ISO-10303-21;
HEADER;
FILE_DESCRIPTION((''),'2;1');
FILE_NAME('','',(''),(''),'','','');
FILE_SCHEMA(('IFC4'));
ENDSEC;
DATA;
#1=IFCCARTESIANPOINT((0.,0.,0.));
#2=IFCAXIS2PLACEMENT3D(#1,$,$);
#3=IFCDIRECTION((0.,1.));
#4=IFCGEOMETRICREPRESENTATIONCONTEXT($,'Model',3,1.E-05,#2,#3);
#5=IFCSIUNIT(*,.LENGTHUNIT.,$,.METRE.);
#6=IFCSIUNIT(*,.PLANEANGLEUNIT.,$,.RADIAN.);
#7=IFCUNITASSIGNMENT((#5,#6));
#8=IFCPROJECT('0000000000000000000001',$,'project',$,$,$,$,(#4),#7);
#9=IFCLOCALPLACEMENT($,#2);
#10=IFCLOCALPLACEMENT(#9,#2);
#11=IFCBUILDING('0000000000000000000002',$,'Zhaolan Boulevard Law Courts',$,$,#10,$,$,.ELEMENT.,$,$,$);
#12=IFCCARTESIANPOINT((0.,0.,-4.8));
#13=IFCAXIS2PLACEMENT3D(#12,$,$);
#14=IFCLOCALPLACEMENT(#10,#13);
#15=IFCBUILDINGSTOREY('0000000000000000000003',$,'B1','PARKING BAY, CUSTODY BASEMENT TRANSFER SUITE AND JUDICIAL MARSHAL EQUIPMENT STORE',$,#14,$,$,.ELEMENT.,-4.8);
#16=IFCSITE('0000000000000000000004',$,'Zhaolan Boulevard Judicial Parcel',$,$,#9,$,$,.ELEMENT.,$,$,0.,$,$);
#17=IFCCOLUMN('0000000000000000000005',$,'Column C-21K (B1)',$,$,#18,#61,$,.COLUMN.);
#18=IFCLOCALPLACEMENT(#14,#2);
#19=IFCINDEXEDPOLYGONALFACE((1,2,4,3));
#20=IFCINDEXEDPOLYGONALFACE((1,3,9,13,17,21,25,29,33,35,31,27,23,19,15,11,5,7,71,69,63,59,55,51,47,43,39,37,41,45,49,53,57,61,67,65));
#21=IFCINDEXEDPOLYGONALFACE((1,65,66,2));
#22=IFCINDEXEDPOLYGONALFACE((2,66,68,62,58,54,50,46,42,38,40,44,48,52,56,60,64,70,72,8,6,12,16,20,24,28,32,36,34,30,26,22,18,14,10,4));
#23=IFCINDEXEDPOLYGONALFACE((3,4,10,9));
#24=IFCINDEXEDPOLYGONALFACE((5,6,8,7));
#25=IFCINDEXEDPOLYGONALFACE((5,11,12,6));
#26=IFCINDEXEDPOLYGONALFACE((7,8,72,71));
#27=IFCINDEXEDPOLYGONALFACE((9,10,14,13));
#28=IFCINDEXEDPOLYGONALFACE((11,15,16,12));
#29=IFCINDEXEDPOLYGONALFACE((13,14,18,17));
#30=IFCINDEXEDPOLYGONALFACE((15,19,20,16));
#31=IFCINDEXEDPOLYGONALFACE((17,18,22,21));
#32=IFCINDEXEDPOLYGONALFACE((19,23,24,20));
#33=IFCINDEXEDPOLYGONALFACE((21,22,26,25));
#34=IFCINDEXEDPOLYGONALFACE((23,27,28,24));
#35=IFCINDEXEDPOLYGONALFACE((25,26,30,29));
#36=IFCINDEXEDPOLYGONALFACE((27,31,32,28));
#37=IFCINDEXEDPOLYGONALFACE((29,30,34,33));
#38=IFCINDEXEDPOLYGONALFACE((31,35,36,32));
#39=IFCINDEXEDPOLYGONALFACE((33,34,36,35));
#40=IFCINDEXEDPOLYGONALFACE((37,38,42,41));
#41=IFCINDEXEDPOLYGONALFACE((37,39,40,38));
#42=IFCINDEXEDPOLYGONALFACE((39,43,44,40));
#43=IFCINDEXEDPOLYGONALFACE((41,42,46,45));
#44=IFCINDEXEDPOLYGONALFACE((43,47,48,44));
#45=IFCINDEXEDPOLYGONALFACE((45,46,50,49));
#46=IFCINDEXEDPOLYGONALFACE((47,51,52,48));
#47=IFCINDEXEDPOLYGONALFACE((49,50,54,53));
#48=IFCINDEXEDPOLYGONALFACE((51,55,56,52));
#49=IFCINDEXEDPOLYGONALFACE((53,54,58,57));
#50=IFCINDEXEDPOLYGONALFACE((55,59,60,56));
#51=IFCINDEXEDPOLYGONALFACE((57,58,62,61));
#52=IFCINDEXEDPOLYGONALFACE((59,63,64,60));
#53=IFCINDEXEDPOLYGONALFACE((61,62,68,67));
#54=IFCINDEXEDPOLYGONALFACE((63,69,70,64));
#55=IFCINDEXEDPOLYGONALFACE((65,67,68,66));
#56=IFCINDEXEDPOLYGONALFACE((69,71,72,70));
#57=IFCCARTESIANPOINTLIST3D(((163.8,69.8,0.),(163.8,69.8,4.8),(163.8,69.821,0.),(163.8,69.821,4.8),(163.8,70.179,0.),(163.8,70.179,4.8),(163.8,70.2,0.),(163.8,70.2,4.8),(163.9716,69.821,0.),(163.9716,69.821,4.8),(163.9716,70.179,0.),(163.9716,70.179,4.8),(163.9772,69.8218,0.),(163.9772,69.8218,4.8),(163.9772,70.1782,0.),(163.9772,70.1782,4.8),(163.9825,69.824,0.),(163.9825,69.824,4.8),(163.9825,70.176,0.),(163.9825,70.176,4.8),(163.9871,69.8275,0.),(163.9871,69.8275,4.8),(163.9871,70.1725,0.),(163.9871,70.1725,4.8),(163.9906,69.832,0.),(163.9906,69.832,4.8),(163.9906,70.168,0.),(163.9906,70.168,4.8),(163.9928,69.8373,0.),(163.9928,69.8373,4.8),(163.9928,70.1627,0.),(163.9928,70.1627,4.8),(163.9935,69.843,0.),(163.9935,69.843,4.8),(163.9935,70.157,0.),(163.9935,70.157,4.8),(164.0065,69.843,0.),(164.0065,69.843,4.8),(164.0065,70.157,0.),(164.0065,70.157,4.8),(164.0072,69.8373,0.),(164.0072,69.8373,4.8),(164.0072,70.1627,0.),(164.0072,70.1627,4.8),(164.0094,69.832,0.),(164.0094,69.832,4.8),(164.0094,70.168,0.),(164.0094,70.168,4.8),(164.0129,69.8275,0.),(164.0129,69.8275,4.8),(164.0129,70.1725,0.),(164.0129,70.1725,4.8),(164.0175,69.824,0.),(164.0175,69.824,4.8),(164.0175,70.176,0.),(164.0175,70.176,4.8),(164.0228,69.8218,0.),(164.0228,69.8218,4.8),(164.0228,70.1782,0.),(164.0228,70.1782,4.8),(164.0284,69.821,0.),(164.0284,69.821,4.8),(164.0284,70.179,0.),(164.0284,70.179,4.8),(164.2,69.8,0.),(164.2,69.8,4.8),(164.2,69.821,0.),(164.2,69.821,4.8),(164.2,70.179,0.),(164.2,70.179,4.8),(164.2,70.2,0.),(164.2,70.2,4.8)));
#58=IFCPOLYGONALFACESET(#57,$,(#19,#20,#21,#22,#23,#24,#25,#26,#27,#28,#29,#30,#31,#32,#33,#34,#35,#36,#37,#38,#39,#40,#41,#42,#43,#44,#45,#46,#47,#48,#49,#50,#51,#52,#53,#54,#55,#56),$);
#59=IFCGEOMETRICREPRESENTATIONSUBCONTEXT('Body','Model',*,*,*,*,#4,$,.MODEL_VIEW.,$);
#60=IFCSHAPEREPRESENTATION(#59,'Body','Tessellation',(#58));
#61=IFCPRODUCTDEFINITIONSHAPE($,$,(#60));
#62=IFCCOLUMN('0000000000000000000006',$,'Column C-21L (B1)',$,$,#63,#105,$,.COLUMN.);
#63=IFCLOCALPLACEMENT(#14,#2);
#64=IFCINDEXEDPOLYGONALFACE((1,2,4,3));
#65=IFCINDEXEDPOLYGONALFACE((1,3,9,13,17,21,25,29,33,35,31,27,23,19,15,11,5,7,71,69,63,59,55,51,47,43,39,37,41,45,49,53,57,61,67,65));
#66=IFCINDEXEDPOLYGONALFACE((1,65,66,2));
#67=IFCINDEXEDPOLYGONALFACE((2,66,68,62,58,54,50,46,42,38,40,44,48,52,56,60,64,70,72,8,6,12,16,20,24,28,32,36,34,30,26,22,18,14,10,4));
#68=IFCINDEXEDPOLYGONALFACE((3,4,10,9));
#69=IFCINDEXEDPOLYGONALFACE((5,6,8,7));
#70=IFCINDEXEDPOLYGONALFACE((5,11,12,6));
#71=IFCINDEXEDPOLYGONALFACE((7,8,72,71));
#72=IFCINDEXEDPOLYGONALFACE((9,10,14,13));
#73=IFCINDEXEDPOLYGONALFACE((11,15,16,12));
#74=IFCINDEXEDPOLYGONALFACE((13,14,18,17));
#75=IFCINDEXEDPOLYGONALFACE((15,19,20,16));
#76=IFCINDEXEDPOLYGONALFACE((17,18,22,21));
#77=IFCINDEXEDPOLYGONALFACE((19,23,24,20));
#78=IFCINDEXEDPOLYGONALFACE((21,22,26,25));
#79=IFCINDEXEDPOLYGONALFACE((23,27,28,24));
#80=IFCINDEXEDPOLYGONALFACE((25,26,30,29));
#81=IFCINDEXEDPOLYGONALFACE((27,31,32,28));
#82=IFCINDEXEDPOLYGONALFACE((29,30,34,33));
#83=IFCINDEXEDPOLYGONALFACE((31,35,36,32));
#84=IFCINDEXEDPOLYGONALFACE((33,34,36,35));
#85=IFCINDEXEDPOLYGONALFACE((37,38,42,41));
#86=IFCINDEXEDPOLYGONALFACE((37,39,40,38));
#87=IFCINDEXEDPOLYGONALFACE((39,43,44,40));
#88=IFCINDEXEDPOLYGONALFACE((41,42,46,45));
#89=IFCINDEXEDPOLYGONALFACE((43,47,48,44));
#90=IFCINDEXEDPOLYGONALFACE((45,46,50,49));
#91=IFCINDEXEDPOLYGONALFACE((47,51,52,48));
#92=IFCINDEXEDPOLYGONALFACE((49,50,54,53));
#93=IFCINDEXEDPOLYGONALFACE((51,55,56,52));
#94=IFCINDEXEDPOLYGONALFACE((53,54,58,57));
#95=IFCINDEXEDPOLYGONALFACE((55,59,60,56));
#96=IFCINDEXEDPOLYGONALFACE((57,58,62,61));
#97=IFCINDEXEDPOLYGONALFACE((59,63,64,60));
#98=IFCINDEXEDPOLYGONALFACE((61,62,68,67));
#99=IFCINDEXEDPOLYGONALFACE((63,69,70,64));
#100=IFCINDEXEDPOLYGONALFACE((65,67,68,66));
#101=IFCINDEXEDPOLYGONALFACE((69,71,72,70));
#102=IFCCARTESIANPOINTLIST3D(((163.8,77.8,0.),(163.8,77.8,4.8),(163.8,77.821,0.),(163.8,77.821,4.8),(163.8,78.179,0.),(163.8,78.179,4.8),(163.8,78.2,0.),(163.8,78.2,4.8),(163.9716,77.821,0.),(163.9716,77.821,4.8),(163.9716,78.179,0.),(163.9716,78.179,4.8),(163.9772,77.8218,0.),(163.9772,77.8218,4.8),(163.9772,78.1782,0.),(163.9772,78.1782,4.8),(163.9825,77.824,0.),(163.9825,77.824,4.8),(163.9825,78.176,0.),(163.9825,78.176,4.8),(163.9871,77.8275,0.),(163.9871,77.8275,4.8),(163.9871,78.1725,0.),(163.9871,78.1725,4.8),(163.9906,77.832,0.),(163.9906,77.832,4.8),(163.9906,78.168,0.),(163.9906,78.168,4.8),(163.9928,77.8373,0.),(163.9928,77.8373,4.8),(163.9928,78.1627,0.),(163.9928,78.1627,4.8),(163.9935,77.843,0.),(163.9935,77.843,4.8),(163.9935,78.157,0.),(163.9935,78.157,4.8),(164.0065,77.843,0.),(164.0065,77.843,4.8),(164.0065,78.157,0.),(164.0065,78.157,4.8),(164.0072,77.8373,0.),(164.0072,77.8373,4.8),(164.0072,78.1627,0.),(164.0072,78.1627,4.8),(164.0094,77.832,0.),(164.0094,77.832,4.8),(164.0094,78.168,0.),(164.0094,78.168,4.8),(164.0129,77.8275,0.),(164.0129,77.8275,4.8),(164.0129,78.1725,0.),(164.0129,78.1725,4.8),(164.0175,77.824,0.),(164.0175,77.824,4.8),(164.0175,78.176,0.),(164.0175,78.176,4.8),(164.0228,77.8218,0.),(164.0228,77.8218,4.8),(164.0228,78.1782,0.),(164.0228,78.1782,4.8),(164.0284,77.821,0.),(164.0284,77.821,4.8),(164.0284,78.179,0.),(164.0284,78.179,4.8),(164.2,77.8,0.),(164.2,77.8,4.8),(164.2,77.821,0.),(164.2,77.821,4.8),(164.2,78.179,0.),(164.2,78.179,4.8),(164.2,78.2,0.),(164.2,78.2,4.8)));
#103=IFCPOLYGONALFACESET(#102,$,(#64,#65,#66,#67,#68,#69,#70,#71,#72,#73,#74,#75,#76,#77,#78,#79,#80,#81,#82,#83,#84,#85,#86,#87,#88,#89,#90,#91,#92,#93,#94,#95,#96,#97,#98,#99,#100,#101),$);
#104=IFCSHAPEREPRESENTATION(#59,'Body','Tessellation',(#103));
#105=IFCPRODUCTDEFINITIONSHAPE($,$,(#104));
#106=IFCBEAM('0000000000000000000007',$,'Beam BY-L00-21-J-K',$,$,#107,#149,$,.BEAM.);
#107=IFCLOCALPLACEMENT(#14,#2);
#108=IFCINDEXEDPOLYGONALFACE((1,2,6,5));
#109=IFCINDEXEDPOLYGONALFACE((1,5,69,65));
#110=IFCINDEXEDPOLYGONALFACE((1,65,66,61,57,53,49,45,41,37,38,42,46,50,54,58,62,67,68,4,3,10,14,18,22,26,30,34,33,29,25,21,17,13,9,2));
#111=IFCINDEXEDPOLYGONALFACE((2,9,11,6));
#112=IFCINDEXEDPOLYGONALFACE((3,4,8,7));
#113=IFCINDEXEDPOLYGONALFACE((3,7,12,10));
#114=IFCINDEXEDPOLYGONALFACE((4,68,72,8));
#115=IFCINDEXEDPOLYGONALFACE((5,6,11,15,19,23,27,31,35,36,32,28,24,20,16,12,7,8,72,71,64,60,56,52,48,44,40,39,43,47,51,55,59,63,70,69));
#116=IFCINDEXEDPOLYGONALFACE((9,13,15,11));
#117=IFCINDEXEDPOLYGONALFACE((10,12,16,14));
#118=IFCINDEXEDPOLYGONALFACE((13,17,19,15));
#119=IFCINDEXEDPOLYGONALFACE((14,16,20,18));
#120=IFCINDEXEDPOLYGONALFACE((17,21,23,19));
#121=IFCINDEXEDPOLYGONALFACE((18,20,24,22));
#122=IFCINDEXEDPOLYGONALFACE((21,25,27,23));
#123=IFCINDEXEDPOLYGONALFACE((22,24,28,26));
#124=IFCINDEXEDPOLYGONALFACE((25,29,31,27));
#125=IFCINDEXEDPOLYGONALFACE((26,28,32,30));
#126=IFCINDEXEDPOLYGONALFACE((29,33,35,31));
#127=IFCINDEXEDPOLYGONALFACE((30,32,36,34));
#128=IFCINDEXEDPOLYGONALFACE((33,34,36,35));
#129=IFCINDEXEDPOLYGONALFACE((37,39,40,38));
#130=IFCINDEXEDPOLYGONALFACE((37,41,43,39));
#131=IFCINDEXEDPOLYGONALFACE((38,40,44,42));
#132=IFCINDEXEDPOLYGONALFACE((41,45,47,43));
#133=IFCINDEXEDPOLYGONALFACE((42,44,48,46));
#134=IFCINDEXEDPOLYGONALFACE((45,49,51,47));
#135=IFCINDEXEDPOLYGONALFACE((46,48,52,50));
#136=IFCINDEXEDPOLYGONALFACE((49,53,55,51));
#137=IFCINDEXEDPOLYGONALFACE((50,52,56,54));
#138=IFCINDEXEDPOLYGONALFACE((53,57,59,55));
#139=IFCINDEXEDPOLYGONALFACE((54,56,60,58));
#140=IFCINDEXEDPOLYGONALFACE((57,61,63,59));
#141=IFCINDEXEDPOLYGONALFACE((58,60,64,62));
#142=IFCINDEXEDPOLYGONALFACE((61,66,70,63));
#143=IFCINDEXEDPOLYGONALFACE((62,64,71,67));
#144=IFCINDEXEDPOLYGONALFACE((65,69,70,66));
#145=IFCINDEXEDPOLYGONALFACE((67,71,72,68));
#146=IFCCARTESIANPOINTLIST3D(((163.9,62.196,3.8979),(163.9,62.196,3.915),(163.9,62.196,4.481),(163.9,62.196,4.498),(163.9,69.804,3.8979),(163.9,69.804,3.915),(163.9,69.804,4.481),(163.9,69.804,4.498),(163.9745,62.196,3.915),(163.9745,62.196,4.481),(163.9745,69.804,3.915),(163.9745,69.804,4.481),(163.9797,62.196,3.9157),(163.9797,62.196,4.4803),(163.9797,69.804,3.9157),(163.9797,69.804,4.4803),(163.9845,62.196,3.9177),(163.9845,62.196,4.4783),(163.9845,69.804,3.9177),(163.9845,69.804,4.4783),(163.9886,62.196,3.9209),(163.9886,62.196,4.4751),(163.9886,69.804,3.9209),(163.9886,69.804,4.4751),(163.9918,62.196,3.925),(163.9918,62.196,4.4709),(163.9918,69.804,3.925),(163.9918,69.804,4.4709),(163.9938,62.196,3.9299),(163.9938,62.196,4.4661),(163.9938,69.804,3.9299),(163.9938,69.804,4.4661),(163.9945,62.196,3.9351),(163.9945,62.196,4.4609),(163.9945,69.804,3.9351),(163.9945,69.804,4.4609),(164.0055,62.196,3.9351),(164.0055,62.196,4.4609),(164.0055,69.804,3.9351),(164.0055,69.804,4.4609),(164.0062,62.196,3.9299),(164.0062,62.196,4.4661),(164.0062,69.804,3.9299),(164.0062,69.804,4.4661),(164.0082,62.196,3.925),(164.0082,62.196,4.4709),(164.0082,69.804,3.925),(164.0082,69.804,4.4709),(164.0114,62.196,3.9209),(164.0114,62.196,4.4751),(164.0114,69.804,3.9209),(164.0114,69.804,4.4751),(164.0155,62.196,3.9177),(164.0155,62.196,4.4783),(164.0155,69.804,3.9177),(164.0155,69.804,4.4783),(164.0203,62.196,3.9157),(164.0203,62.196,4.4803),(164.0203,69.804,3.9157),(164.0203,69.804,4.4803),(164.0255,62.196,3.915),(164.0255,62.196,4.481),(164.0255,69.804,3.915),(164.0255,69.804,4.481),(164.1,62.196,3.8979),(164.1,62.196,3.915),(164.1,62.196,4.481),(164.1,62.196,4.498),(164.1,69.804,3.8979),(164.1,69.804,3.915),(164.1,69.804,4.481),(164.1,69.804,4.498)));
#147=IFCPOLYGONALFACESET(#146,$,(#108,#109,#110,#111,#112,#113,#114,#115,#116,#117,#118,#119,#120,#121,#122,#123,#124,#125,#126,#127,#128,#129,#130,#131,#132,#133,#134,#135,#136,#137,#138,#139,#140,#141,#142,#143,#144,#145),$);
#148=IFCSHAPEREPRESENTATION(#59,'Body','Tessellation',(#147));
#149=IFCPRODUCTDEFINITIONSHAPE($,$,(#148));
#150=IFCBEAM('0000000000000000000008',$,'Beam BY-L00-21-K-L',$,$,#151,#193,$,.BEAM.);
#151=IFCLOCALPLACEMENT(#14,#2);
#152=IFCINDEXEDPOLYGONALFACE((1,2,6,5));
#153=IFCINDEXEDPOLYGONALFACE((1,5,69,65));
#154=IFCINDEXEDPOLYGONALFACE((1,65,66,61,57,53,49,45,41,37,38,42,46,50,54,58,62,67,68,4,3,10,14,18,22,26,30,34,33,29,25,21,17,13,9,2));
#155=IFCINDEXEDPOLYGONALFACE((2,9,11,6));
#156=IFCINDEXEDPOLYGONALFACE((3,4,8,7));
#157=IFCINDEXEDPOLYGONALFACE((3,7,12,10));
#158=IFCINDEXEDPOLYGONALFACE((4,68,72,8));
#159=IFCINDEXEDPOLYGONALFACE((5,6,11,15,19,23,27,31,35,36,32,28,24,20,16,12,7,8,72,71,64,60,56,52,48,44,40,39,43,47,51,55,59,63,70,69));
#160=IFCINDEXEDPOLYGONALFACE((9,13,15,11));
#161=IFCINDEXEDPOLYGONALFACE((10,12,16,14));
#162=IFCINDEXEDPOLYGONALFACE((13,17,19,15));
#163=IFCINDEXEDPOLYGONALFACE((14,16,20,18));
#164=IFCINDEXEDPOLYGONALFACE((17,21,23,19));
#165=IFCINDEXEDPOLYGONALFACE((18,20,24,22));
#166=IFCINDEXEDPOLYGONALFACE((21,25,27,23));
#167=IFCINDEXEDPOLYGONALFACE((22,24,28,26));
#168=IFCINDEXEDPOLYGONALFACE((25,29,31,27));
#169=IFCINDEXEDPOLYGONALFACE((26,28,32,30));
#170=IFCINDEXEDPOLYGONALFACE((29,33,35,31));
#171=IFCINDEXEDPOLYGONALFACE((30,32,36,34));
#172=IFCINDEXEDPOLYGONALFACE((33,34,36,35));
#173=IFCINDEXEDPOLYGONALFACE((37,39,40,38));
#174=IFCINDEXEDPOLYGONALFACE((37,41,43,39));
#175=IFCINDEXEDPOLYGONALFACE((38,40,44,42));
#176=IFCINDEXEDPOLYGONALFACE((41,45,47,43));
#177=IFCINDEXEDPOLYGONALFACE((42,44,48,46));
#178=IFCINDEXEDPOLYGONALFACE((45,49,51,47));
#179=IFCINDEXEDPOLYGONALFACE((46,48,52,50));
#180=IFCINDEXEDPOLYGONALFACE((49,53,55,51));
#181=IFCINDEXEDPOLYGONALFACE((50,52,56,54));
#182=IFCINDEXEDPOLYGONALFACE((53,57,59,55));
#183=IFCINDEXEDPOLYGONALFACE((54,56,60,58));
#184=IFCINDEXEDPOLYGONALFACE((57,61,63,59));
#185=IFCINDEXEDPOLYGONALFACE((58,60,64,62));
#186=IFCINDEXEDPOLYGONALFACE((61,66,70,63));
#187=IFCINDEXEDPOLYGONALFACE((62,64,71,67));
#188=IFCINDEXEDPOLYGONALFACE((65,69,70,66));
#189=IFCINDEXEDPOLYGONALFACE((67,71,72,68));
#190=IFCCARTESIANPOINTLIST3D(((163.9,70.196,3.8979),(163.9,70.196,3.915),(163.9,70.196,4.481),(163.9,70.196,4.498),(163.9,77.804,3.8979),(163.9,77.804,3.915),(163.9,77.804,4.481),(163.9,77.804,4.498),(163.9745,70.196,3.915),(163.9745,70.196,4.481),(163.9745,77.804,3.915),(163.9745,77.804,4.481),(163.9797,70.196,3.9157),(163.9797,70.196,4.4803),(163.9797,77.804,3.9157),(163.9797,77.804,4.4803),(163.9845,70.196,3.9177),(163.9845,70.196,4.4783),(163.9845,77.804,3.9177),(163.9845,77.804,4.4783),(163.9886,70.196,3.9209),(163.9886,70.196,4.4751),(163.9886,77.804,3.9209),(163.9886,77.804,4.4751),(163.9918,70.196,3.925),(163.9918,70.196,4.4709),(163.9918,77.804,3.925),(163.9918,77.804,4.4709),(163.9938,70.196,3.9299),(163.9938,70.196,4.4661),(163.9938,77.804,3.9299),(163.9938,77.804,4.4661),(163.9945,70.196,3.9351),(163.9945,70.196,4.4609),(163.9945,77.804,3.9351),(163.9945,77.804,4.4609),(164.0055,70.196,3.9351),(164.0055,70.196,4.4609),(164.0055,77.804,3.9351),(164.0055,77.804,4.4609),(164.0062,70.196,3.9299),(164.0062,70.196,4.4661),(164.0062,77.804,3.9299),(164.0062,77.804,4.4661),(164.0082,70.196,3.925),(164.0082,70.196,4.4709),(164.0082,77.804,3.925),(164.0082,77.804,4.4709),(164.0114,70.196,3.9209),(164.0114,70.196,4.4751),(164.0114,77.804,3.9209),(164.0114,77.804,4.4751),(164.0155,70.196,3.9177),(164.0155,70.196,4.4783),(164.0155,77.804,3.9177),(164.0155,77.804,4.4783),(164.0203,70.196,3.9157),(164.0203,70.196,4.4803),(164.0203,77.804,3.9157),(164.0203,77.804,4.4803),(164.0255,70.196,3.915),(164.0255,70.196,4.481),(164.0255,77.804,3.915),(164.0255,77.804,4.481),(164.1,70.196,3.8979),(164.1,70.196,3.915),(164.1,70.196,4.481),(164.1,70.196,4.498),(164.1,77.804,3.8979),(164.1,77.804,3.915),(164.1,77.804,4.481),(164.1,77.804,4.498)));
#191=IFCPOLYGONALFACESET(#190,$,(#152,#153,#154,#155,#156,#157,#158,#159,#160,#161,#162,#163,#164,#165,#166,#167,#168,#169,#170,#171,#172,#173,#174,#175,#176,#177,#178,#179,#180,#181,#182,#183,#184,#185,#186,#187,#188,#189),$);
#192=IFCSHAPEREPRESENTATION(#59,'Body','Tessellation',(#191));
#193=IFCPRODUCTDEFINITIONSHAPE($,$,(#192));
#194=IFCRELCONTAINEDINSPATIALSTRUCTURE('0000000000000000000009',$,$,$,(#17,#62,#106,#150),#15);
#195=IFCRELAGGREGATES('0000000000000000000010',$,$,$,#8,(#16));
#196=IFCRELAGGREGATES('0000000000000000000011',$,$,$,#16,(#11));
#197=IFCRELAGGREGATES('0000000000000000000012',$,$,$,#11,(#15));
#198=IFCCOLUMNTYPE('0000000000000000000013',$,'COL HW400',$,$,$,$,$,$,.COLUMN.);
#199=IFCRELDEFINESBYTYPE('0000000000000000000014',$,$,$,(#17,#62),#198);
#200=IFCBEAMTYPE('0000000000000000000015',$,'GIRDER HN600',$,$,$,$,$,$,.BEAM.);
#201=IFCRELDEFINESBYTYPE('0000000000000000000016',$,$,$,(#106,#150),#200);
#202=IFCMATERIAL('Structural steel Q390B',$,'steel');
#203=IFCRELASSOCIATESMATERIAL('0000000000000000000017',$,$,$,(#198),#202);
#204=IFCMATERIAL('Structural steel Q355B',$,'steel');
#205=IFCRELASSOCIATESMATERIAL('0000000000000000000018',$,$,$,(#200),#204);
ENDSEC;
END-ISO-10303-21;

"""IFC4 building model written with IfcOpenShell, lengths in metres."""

from ifc_helpers import new_model, si_unit, direction, frame, origin, origin_2d, place, context, subcontext, project, spatial, i_section, extrude, material, material_profile, profile_set, type_object, element, save


model = new_model("IFC4")

# Units and contexts
model_context = context("Model", 3, precision=1e-05, world=origin(), true_north=direction((0.0, 1.0)))
body_context = subcontext(model_context, "Body", "Model", "MODEL_VIEW")
ifc_project = project(units=[si_unit("LENGTHUNIT", "METRE"), si_unit("PLANEANGLEUNIT", "RADIAN")], contexts=[model_context])

# Site, building, storey
site_placement = place(None, origin())
site = spatial("IfcSite", under=ifc_project, at=site_placement, Name="Zhaolan Boulevard Judicial Parcel", CompositionType="ELEMENT", RefElevation=0.0)
building_placement = place(site_placement, origin())
building = spatial("IfcBuilding", under=site, at=building_placement, Name="Zhaolan Boulevard Law Courts", CompositionType="ELEMENT")
storey_placement = place(building_placement, frame((0.0, 0.0, -4.8)))
storey = spatial("IfcBuildingStorey", under=building, at=storey_placement, Name="B1", Description="PARKING BAY, CUSTODY BASEMENT TRANSFER SUITE AND JUDICIAL MARSHAL EQUIPMENT STORE", CompositionType="ELEMENT", Elevation=-4.8)

# Columns
ifc_material_1 = material(Name="Structural steel Q390B", Category="steel")
ifc_material_profile_1 = material_profile(ifc_material_1, i_section(OverallWidth=0.3999, OverallDepth=0.3999, WebThickness=0.0129, FlangeThickness=0.021, FilletRadius=0.022, at=origin_2d()), Name="HW400x400")
ifc_profile_set_1 = profile_set([ifc_material_profile_1], Name="Structural steel Q390B")
column_type = type_object("IfcColumnType", Name="COL HW400", PredefinedType="COLUMN", material=ifc_profile_set_1)
for number, where, z_axis, x_axis, name in (
    (1, (164.0, 70.0, 0.0), (0.0, 0.0, 1.0), (1.0, 0.0, 0.0), "Column C-21K (B1)"),
    (2, (164.0, 78.0, 0.0), (0.0, 0.0, 1.0), (1.0, 0.0, 0.0), "Column C-21L (B1)"),
):
    element("IfcColumn", number, at=place(storey_placement, frame(where, z_axis=z_axis, x_axis=x_axis)), inside=storey, type_object=column_type, Name=name, PredefinedType="COLUMN", context=body_context, shape_type="SweptSolid", body=[
        extrude(i_section(OverallWidth=0.3999, OverallDepth=0.3999, WebThickness=0.0129, FlangeThickness=0.021, FilletRadius=0.022, at=origin_2d()), origin(), (0.0, 0.0, 1.0), 4.8),
    ])

# Beams
ifc_material_2 = material(Name="Structural steel Q355B", Category="steel")
ifc_material_profile_2 = material_profile(ifc_material_2, i_section(OverallWidth=0.2, OverallDepth=0.6001, WebThickness=0.011, FlangeThickness=0.0171, FilletRadius=0.02, at=origin_2d()), Name="HN600x200")
ifc_profile_set_2 = profile_set([ifc_material_profile_2], Name="Structural steel Q355B")
beam_type_1 = type_object("IfcBeamType", Name="GIRDER HN600", PredefinedType="BEAM", material=ifc_profile_set_2)
for number, where, z_axis, x_axis, name in (
    (3, (164.0, 62.196, 4.198), (0.0, 1.0, 0.0), (-1.0, 0.0, 0.0), "Beam BY-L00-21-J-K"),
    (4, (164.0, 70.196, 4.198), (0.0, 1.0, 0.0), (-1.0, 0.0, 0.0), "Beam BY-L00-21-K-L"),
):
    element("IfcBeam", number, at=place(storey_placement, frame(where, z_axis=z_axis, x_axis=x_axis)), inside=storey, type_object=beam_type_1, Name=name, PredefinedType="BEAM", context=body_context, shape_type="SweptSolid", body=[
        extrude(i_section(OverallWidth=0.2, OverallDepth=0.6001, WebThickness=0.011, FlangeThickness=0.0171, FilletRadius=0.02, at=origin_2d()), origin(), (0.0, 0.0, 1.0), 7.6079),
    ])

save(model, "model.ifc")
